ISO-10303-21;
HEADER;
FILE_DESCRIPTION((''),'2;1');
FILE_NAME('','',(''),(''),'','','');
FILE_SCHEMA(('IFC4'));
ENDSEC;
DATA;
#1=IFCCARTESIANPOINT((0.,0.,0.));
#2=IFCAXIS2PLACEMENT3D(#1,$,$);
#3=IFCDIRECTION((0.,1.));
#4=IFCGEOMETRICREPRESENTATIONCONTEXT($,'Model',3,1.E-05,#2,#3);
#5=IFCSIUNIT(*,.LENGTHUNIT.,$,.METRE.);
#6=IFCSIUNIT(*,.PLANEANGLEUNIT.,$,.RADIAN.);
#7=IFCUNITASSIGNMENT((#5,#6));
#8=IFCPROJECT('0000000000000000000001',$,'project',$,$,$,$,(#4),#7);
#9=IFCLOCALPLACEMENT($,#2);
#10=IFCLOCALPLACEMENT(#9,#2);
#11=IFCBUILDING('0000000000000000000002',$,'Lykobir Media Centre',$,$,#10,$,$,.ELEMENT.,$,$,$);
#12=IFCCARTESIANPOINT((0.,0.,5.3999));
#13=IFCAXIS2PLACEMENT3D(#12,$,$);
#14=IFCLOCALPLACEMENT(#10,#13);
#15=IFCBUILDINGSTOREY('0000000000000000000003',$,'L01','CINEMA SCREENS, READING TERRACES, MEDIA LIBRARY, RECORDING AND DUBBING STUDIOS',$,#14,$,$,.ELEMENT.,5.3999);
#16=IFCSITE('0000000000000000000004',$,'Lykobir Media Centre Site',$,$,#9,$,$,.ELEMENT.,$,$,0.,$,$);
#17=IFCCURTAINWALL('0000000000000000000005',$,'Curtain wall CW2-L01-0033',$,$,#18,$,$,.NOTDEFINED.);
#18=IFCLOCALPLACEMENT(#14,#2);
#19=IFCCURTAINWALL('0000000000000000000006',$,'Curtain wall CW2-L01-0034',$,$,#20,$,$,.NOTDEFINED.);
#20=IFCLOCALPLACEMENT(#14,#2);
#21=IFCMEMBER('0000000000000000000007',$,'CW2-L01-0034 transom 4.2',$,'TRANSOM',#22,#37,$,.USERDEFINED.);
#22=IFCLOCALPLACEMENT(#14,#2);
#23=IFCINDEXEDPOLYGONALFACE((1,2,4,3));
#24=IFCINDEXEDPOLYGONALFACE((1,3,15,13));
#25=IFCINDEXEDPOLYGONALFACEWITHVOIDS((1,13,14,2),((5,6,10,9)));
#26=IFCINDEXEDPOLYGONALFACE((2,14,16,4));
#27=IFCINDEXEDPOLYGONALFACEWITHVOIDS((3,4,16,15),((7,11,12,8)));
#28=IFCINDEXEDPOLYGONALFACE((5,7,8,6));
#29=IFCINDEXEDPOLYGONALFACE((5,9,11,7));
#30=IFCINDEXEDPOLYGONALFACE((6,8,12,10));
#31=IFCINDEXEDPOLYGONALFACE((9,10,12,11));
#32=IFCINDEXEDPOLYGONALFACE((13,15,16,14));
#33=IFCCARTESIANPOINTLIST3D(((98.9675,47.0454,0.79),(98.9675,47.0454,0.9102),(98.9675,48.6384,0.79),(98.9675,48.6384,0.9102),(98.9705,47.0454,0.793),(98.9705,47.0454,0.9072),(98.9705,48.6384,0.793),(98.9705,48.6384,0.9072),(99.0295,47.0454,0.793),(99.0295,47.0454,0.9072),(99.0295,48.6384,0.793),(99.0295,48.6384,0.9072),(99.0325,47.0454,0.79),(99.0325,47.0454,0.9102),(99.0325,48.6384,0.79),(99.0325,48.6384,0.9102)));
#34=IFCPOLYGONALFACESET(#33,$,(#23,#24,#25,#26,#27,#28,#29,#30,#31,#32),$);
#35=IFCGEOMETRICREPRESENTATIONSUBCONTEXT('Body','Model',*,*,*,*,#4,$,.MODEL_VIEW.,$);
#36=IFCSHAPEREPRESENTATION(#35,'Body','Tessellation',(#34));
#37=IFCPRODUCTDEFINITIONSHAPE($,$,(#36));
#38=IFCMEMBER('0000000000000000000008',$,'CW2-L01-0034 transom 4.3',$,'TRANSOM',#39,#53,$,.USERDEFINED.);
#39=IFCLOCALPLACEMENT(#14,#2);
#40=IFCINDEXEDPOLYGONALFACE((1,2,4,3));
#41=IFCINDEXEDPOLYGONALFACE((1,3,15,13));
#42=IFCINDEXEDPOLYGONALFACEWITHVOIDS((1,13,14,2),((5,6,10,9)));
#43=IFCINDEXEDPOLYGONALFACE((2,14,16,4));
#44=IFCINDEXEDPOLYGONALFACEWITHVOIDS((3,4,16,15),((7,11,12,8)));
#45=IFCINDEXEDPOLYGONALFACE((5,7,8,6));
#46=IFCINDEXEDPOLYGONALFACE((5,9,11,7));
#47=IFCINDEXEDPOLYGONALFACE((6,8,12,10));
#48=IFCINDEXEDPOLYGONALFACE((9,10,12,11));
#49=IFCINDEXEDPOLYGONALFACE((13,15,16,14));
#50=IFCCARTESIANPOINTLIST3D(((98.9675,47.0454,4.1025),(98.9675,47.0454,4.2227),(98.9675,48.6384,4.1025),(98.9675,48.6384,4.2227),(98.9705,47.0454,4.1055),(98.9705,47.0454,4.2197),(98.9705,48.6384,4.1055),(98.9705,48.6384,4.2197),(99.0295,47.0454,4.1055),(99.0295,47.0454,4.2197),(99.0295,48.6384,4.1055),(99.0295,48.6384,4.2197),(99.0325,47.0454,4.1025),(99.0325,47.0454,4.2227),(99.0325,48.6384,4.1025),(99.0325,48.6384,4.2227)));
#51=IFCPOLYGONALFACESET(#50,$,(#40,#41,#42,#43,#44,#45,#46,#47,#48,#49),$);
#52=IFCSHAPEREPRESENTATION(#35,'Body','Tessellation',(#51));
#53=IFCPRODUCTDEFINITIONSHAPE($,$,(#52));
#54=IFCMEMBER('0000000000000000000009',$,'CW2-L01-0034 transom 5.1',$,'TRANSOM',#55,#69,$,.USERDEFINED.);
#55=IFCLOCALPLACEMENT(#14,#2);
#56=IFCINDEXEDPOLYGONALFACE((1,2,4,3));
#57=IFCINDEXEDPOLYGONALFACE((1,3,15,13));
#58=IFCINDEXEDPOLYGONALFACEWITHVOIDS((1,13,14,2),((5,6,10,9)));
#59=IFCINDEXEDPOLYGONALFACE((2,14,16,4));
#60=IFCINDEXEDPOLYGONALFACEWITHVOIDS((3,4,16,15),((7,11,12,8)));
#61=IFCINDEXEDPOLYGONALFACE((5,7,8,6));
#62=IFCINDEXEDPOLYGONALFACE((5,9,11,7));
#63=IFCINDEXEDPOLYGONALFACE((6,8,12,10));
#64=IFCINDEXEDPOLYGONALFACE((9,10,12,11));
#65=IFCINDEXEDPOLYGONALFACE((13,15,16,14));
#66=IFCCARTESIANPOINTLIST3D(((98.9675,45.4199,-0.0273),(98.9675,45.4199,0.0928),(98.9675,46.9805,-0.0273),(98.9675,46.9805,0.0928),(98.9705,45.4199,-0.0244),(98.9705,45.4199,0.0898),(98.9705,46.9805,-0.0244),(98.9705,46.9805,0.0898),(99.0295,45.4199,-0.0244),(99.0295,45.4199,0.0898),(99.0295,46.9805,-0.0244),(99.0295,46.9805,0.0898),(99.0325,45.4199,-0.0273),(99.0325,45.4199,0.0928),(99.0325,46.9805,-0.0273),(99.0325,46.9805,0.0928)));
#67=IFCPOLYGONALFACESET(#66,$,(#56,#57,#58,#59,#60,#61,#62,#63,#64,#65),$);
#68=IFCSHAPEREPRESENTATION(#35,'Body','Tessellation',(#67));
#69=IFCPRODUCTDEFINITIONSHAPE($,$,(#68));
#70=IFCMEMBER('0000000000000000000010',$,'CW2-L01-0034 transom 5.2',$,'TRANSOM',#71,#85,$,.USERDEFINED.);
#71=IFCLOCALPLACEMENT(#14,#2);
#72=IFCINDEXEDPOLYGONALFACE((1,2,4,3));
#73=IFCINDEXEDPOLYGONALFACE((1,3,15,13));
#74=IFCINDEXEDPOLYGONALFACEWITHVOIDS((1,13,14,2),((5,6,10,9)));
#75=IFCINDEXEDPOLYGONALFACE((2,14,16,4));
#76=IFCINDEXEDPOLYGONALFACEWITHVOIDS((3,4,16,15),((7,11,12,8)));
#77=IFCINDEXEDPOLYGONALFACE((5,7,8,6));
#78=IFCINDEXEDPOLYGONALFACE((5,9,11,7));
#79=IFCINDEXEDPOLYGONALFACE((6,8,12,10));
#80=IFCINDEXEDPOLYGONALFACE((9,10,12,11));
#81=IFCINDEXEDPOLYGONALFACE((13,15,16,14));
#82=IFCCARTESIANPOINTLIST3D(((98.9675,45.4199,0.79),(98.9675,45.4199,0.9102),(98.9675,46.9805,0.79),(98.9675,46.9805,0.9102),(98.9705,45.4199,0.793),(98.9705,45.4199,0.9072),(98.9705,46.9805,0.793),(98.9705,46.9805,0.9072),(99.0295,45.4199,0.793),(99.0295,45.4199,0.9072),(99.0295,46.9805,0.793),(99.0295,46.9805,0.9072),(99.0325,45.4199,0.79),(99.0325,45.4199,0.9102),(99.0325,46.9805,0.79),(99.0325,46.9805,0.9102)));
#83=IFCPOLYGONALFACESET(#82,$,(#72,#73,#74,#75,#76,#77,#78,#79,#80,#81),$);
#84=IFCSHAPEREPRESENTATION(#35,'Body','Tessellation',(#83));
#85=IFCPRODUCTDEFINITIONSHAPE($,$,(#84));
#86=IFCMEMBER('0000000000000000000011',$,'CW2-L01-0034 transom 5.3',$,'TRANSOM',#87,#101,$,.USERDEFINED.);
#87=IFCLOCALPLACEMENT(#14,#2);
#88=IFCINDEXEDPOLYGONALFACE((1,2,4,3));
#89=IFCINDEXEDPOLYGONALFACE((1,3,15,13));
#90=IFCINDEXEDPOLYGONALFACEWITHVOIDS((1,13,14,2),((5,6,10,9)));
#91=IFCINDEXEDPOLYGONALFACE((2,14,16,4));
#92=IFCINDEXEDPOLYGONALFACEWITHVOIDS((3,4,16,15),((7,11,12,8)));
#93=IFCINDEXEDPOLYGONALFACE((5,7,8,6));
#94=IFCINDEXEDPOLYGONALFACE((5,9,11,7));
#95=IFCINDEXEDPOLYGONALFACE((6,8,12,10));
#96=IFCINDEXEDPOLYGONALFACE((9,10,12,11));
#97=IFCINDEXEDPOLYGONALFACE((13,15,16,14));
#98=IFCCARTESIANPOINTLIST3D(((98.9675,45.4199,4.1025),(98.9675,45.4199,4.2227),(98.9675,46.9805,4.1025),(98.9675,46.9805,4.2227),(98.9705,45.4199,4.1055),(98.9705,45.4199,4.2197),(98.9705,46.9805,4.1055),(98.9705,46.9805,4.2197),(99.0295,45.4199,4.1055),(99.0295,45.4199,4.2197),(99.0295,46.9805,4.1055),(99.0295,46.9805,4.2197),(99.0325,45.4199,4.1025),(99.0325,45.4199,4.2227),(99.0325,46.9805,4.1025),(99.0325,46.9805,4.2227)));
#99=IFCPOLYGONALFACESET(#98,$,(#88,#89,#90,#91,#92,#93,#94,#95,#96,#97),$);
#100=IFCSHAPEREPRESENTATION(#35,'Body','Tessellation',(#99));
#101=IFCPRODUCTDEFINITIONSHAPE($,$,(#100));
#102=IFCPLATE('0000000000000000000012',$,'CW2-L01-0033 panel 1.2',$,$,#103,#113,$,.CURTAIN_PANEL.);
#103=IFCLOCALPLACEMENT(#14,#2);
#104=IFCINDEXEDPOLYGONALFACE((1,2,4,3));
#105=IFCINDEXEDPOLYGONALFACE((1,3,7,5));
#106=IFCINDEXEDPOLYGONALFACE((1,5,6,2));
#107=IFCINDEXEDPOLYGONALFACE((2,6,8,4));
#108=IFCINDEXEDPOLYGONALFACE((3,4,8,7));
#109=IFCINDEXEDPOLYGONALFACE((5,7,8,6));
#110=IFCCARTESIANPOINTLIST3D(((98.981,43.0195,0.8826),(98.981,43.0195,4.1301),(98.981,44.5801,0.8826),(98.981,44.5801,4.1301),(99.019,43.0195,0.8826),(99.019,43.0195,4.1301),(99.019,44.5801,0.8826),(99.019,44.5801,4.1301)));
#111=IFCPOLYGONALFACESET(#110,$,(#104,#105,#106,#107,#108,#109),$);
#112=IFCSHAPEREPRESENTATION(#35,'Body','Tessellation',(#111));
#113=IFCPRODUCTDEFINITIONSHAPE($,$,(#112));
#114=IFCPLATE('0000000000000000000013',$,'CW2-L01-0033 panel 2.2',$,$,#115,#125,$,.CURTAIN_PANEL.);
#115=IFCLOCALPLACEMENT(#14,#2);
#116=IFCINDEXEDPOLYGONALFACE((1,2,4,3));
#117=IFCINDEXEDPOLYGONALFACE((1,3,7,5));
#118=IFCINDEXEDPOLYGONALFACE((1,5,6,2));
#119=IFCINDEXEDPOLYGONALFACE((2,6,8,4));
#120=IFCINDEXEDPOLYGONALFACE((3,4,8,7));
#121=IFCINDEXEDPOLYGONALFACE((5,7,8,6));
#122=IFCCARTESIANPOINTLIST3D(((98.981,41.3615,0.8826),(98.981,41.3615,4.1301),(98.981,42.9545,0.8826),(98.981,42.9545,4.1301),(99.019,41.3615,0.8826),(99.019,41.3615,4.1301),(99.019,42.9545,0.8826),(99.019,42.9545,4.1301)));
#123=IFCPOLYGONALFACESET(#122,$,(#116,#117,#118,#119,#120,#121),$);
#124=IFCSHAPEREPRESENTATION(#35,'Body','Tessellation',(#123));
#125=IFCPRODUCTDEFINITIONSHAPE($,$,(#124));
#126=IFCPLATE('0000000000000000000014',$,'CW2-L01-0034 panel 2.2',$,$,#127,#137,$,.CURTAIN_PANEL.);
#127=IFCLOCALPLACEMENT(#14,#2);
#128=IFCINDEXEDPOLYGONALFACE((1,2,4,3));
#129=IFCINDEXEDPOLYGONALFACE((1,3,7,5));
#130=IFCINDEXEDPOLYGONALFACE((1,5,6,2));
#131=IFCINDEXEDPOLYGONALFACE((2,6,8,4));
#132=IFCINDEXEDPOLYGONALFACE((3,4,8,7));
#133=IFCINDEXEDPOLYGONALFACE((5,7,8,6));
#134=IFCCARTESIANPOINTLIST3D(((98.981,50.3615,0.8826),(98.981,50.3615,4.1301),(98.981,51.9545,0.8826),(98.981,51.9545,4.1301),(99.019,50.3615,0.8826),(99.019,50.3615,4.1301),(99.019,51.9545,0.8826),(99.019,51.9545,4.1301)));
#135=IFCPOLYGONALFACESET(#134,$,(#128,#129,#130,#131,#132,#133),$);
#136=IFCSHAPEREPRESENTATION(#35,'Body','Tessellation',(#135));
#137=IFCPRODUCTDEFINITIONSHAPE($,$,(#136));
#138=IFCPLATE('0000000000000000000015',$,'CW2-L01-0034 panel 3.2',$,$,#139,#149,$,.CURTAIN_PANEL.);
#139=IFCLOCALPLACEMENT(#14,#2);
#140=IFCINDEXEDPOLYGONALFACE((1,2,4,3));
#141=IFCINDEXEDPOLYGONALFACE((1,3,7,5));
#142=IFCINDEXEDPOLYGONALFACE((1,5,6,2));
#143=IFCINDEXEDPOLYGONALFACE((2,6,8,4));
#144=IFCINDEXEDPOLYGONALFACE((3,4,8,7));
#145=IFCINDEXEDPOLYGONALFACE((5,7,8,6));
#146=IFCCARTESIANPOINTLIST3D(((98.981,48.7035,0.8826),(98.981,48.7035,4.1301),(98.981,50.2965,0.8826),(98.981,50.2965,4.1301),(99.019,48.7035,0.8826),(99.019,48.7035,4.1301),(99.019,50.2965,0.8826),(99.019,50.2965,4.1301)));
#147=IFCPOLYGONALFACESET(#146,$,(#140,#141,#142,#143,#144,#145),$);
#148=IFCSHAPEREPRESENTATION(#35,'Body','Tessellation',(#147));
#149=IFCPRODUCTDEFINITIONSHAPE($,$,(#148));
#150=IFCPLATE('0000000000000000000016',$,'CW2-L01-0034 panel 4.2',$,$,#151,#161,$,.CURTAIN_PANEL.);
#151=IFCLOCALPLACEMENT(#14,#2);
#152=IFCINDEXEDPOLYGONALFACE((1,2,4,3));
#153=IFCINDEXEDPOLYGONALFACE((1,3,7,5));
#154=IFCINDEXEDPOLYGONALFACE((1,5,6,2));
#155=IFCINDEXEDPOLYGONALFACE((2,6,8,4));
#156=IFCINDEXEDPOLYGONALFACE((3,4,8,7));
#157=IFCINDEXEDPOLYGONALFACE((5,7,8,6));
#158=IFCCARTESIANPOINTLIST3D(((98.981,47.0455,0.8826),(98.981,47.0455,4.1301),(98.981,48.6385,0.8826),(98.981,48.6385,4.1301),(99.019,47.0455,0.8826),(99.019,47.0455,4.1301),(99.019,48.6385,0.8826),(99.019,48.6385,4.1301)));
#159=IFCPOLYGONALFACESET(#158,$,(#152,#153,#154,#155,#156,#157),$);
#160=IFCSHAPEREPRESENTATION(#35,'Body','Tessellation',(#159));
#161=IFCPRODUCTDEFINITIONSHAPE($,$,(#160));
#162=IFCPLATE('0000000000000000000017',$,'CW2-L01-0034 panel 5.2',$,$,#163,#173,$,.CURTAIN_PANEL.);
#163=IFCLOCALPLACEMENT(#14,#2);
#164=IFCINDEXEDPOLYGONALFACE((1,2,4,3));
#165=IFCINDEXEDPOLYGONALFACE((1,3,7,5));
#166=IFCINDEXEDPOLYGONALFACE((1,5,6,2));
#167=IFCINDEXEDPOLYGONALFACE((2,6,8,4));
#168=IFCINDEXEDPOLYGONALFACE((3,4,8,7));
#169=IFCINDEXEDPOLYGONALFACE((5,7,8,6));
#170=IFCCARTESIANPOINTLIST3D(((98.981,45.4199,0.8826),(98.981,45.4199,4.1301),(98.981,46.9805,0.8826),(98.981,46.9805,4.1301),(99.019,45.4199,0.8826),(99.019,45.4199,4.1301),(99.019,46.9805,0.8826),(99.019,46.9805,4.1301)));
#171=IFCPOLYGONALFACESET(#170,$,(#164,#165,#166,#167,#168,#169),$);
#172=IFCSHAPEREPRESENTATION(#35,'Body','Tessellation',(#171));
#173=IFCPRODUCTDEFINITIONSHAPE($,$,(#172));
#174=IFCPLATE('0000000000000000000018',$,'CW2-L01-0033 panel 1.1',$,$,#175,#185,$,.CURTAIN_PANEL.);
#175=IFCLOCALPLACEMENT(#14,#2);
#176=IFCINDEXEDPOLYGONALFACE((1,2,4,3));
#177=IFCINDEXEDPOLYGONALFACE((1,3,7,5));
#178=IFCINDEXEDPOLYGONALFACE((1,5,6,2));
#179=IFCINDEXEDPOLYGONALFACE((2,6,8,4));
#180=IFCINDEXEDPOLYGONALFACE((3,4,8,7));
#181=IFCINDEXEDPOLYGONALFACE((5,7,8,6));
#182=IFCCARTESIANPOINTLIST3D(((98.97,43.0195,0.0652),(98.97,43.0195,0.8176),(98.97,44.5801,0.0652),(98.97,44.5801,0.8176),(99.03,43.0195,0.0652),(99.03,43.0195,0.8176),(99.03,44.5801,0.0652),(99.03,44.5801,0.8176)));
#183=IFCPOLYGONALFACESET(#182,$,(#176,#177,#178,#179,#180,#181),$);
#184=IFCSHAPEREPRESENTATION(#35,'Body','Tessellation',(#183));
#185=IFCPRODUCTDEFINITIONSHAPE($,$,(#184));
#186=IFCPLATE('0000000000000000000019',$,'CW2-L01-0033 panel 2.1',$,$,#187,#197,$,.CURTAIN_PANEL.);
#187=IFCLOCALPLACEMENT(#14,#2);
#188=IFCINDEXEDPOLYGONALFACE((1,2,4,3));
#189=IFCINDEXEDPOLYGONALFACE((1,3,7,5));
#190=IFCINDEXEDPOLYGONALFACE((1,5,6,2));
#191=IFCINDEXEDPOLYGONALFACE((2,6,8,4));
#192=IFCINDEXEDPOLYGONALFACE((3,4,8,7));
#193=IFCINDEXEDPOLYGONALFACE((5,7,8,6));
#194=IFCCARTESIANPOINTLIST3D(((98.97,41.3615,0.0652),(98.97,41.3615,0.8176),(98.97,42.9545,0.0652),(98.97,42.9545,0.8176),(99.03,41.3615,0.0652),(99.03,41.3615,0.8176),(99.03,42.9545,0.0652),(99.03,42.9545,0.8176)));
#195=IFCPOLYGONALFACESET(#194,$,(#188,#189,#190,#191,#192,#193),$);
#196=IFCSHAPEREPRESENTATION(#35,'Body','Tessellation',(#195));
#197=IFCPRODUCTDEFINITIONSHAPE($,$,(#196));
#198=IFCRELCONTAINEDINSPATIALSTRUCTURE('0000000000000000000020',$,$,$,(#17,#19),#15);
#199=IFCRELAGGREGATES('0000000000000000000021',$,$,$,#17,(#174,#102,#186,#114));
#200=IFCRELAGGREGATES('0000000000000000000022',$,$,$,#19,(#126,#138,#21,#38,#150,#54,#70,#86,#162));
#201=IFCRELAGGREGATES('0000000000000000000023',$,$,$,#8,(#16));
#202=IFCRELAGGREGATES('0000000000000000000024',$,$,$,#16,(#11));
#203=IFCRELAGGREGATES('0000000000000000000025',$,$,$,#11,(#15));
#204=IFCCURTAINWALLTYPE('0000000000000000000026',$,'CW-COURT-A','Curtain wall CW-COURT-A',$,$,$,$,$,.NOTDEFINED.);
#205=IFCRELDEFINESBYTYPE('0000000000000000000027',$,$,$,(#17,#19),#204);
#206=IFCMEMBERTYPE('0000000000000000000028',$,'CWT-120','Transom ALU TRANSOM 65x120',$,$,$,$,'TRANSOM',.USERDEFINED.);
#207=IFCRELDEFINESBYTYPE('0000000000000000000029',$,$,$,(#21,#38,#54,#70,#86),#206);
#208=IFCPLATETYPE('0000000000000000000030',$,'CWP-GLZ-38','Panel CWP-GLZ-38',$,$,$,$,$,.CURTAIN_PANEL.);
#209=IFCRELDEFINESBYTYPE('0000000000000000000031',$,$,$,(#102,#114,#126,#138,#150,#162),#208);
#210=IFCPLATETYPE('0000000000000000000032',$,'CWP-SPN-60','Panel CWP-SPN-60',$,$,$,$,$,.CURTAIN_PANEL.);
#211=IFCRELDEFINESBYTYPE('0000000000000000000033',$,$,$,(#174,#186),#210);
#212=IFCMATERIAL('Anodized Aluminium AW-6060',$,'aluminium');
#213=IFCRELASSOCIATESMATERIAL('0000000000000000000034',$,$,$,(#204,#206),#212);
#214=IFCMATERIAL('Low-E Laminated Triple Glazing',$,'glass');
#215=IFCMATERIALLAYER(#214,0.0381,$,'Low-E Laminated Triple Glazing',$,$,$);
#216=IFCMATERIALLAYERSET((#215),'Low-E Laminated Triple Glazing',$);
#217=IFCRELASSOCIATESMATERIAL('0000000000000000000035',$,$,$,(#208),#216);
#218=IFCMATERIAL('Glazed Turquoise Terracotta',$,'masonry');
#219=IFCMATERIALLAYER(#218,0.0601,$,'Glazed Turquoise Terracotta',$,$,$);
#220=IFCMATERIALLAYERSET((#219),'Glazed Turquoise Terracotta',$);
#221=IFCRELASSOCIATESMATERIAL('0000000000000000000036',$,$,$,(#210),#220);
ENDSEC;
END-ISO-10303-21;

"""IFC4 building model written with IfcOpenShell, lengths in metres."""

from ifc_helpers import new_model, si_unit, direction, frame, origin, origin_2d, place, context, subcontext, project, spatial, rectangle, hollow_rectangle, extrude, material, layer, layer_set, material_profile, profile_set, type_object, element, aggregate, save


model = new_model("IFC4")

# Units and contexts
model_context = context("Model", 3, precision=1e-05, world=origin(), true_north=direction((0.0, 1.0)))
body_context = subcontext(model_context, "Body", "Model", "MODEL_VIEW")
ifc_project = project(units=[si_unit("LENGTHUNIT", "METRE"), si_unit("PLANEANGLEUNIT", "RADIAN")], contexts=[model_context])

# Site, building, storey
site_placement = place(None, origin())
site = spatial("IfcSite", under=ifc_project, at=site_placement, Name="Lykobir Media Centre Site", CompositionType="ELEMENT", RefElevation=0.0)
building_placement = place(site_placement, origin())
building = spatial("IfcBuilding", under=site, at=building_placement, Name="Lykobir Media Centre", CompositionType="ELEMENT")
storey_placement = place(building_placement, frame((0.0, 0.0, 5.3999)))
storey = spatial("IfcBuildingStorey", under=building, at=storey_placement, Name="L01", Description="CINEMA SCREENS, READING TERRACES, MEDIA LIBRARY, RECORDING AND DUBBING STUDIOS", CompositionType="ELEMENT", Elevation=5.3999)

# Curtain walls
ifc_material_1 = material(Name="Anodized Aluminium AW-6060", Category="aluminium")
curtain_wall_type = type_object("IfcCurtainWallType", Name="CW-COURT-A", Description="Curtain wall CW-COURT-A", PredefinedType="NOTDEFINED", material=ifc_material_1)
curtain_wall_1_placement = place(storey_placement, origin())
curtain_wall_1 = element("IfcCurtainWall", 1, at=curtain_wall_1_placement, inside=storey, type_object=curtain_wall_type, Name="Curtain wall CW2-L01-0033", PredefinedType="NOTDEFINED")
curtain_wall_2_placement = place(storey_placement, origin())
curtain_wall_2 = element("IfcCurtainWall", 2, at=curtain_wall_2_placement, inside=storey, type_object=curtain_wall_type, Name="Curtain wall CW2-L01-0034", PredefinedType="NOTDEFINED")

# Members
ifc_material_profile_1 = material_profile(ifc_material_1, hollow_rectangle(XDim=0.0649, YDim=0.1201, WallThickness=0.0029, at=origin_2d()), Name="ALU TRANSOM 65x120")
ifc_profile_set_1 = profile_set([ifc_material_profile_1], Name="Anodized Aluminium AW-6060")
member_type_1 = type_object("IfcMemberType", Name="CWT-120", Description="Transom ALU TRANSOM 65x120", ElementType="TRANSOM", PredefinedType="USERDEFINED", material=ifc_profile_set_1)
member_1_placement = place(storey_placement, frame((99.0, 48.6384, 0.8501), z_axis=(0.0, -1.0, 0.0), x_axis=(1.0, 0.0, 0.0)))
member_1 = element("IfcMember", 3, at=member_1_placement, type_object=member_type_1, Name="CW2-L01-0034 transom 4.2", ObjectType="TRANSOM", PredefinedType="USERDEFINED", context=body_context, shape_type="SweptSolid", body=[
    extrude(hollow_rectangle(XDim=0.0649, YDim=0.1201, WallThickness=0.0029, at=origin_2d()), origin(), (0.0, 0.0, 1.0), 1.593),
])
member_2_placement = place(storey_placement, frame((99.0, 48.6384, 4.1626), z_axis=(0.0, -1.0, 0.0), x_axis=(1.0, 0.0, 0.0)))
member_2 = element("IfcMember", 4, at=member_2_placement, type_object=member_type_1, Name="CW2-L01-0034 transom 4.3", ObjectType="TRANSOM", PredefinedType="USERDEFINED", context=body_context, shape_type="SweptSolid", body=[
    extrude(hollow_rectangle(XDim=0.0649, YDim=0.1201, WallThickness=0.0029, at=origin_2d()), origin(), (0.0, 0.0, 1.0), 1.593),
])
member_3_placement = place(storey_placement, frame((99.0, 46.9805, 0.0327), z_axis=(0.0, -1.0, 0.0), x_axis=(1.0, 0.0, 0.0)))
member_3 = element("IfcMember", 5, at=member_3_placement, type_object=member_type_1, Name="CW2-L01-0034 transom 5.1", ObjectType="TRANSOM", PredefinedType="USERDEFINED", context=body_context, shape_type="SweptSolid", body=[
    extrude(hollow_rectangle(XDim=0.0649, YDim=0.1201, WallThickness=0.0029, at=origin_2d()), origin(), (0.0, 0.0, 1.0), 1.5605),
])
member_4_placement = place(storey_placement, frame((99.0, 46.9805, 0.8501), z_axis=(0.0, -1.0, 0.0), x_axis=(1.0, 0.0, 0.0)))
member_4 = element("IfcMember", 6, at=member_4_placement, type_object=member_type_1, Name="CW2-L01-0034 transom 5.2", ObjectType="TRANSOM", PredefinedType="USERDEFINED", context=body_context, shape_type="SweptSolid", body=[
    extrude(hollow_rectangle(XDim=0.0649, YDim=0.1201, WallThickness=0.0029, at=origin_2d()), origin(), (0.0, 0.0, 1.0), 1.5605),
])
member_5_placement = place(storey_placement, frame((99.0, 46.9805, 4.1626), z_axis=(0.0, -1.0, 0.0), x_axis=(1.0, 0.0, 0.0)))
member_5 = element("IfcMember", 7, at=member_5_placement, type_object=member_type_1, Name="CW2-L01-0034 transom 5.3", ObjectType="TRANSOM", PredefinedType="USERDEFINED", context=body_context, shape_type="SweptSolid", body=[
    extrude(hollow_rectangle(XDim=0.0649, YDim=0.1201, WallThickness=0.0029, at=origin_2d()), origin(), (0.0, 0.0, 1.0), 1.5605),
])

# Plates
ifc_material_2 = material(Name="Low-E Laminated Triple Glazing", Category="glass")
ifc_layer_1 = layer(ifc_material_2, 0.0381, Name="Low-E Laminated Triple Glazing")
ifc_layer_set_1 = layer_set([ifc_layer_1], Name="Low-E Laminated Triple Glazing")
plate_type_1 = type_object("IfcPlateType", Name="CWP-GLZ-38", Description="Panel CWP-GLZ-38", PredefinedType="CURTAIN_PANEL", material=ifc_layer_set_1)
plate_1_placement = place(storey_placement, frame((99.0, 43.7998, 0.8826), z_axis=(0.0, 0.0, 1.0), x_axis=(0.0, -1.0, 0.0)))
plate_1 = element("IfcPlate", 8, at=plate_1_placement, type_object=plate_type_1, Name="CW2-L01-0033 panel 1.2", PredefinedType="CURTAIN_PANEL", context=body_context, shape_type="SweptSolid", body=[
    extrude(rectangle(XDim=1.5605, YDim=0.0381, at=origin_2d()), origin(), (0.0, 0.0, 1.0), 3.2476),
])
plate_2_placement = place(storey_placement, frame((99.0, 42.158, 0.8826), z_axis=(0.0, 0.0, 1.0), x_axis=(0.0, -1.0, 0.0)))
plate_2 = element("IfcPlate", 9, at=plate_2_placement, type_object=plate_type_1, Name="CW2-L01-0033 panel 2.2", PredefinedType="CURTAIN_PANEL", context=body_context, shape_type="SweptSolid", body=[
    extrude(rectangle(XDim=1.593, YDim=0.0381, at=origin_2d()), origin(), (0.0, 0.0, 1.0), 3.2476),
])
plate_3_placement = place(storey_placement, frame((99.0, 51.158, 0.8826), z_axis=(0.0, 0.0, 1.0), x_axis=(0.0, -1.0, 0.0)))
plate_3 = element("IfcPlate", 10, at=plate_3_placement, type_object=plate_type_1, Name="CW2-L01-0034 panel 2.2", PredefinedType="CURTAIN_PANEL", context=body_context, shape_type="SweptSolid", body=[
    extrude(rectangle(XDim=1.593, YDim=0.0381, at=origin_2d()), origin(), (0.0, 0.0, 1.0), 3.2476),
])
plate_4_placement = place(storey_placement, frame((99.0, 49.5, 0.8826), z_axis=(0.0, 0.0, 1.0), x_axis=(0.0, -1.0, 0.0)))
plate_4 = element("IfcPlate", 11, at=plate_4_placement, type_object=plate_type_1, Name="CW2-L01-0034 panel 3.2", PredefinedType="CURTAIN_PANEL", context=body_context, shape_type="SweptSolid", body=[
    extrude(rectangle(XDim=1.593, YDim=0.0381, at=origin_2d()), origin(), (0.0, 0.0, 1.0), 3.2476),
])
plate_5_placement = place(storey_placement, frame((99.0, 47.842, 0.8826), z_axis=(0.0, 0.0, 1.0), x_axis=(0.0, -1.0, 0.0)))
plate_5 = element("IfcPlate", 12, at=plate_5_placement, type_object=plate_type_1, Name="CW2-L01-0034 panel 4.2", PredefinedType="CURTAIN_PANEL", context=body_context, shape_type="SweptSolid", body=[
    extrude(rectangle(XDim=1.593, YDim=0.0381, at=origin_2d()), origin(), (0.0, 0.0, 1.0), 3.2476),
])
plate_6_placement = place(storey_placement, frame((99.0, 46.2002, 0.8826), z_axis=(0.0, 0.0, 1.0), x_axis=(0.0, -1.0, 0.0)))
plate_6 = element("IfcPlate", 13, at=plate_6_placement, type_object=plate_type_1, Name="CW2-L01-0034 panel 5.2", PredefinedType="CURTAIN_PANEL", context=body_context, shape_type="SweptSolid", body=[
    extrude(rectangle(XDim=1.5605, YDim=0.0381, at=origin_2d()), origin(), (0.0, 0.0, 1.0), 3.2476),
])
ifc_material_3 = material(Name="Glazed Turquoise Terracotta", Category="masonry")
ifc_layer_2 = layer(ifc_material_3, 0.0601, Name="Glazed Turquoise Terracotta")
ifc_layer_set_2 = layer_set([ifc_layer_2], Name="Glazed Turquoise Terracotta")
plate_type_2 = type_object("IfcPlateType", Name="CWP-SPN-60", Description="Panel CWP-SPN-60", PredefinedType="CURTAIN_PANEL", material=ifc_layer_set_2)
plate_7_placement = place(storey_placement, frame((99.0, 43.7998, 0.0652), z_axis=(0.0, 0.0, 1.0), x_axis=(0.0, -1.0, 0.0)))
plate_7 = element("IfcPlate", 14, at=plate_7_placement, type_object=plate_type_2, Name="CW2-L01-0033 panel 1.1", PredefinedType="CURTAIN_PANEL", context=body_context, shape_type="SweptSolid", body=[
    extrude(rectangle(XDim=1.5605, YDim=0.0601, at=origin_2d()), origin(), (0.0, 0.0, 1.0), 0.7524),
])
plate_8_placement = place(storey_placement, frame((99.0, 42.158, 0.0652), z_axis=(0.0, 0.0, 1.0), x_axis=(0.0, -1.0, 0.0)))
plate_8 = element("IfcPlate", 15, at=plate_8_placement, type_object=plate_type_2, Name="CW2-L01-0033 panel 2.1", PredefinedType="CURTAIN_PANEL", context=body_context, shape_type="SweptSolid", body=[
    extrude(rectangle(XDim=1.593, YDim=0.0601, at=origin_2d()), origin(), (0.0, 0.0, 1.0), 0.7524),
])
aggregate(curtain_wall_1, [plate_7, plate_1, plate_8, plate_2])
aggregate(curtain_wall_2, [plate_3, plate_4, member_1, member_2, plate_5, member_3, member_4, member_5, plate_6])

save(model, "model.ifc")
